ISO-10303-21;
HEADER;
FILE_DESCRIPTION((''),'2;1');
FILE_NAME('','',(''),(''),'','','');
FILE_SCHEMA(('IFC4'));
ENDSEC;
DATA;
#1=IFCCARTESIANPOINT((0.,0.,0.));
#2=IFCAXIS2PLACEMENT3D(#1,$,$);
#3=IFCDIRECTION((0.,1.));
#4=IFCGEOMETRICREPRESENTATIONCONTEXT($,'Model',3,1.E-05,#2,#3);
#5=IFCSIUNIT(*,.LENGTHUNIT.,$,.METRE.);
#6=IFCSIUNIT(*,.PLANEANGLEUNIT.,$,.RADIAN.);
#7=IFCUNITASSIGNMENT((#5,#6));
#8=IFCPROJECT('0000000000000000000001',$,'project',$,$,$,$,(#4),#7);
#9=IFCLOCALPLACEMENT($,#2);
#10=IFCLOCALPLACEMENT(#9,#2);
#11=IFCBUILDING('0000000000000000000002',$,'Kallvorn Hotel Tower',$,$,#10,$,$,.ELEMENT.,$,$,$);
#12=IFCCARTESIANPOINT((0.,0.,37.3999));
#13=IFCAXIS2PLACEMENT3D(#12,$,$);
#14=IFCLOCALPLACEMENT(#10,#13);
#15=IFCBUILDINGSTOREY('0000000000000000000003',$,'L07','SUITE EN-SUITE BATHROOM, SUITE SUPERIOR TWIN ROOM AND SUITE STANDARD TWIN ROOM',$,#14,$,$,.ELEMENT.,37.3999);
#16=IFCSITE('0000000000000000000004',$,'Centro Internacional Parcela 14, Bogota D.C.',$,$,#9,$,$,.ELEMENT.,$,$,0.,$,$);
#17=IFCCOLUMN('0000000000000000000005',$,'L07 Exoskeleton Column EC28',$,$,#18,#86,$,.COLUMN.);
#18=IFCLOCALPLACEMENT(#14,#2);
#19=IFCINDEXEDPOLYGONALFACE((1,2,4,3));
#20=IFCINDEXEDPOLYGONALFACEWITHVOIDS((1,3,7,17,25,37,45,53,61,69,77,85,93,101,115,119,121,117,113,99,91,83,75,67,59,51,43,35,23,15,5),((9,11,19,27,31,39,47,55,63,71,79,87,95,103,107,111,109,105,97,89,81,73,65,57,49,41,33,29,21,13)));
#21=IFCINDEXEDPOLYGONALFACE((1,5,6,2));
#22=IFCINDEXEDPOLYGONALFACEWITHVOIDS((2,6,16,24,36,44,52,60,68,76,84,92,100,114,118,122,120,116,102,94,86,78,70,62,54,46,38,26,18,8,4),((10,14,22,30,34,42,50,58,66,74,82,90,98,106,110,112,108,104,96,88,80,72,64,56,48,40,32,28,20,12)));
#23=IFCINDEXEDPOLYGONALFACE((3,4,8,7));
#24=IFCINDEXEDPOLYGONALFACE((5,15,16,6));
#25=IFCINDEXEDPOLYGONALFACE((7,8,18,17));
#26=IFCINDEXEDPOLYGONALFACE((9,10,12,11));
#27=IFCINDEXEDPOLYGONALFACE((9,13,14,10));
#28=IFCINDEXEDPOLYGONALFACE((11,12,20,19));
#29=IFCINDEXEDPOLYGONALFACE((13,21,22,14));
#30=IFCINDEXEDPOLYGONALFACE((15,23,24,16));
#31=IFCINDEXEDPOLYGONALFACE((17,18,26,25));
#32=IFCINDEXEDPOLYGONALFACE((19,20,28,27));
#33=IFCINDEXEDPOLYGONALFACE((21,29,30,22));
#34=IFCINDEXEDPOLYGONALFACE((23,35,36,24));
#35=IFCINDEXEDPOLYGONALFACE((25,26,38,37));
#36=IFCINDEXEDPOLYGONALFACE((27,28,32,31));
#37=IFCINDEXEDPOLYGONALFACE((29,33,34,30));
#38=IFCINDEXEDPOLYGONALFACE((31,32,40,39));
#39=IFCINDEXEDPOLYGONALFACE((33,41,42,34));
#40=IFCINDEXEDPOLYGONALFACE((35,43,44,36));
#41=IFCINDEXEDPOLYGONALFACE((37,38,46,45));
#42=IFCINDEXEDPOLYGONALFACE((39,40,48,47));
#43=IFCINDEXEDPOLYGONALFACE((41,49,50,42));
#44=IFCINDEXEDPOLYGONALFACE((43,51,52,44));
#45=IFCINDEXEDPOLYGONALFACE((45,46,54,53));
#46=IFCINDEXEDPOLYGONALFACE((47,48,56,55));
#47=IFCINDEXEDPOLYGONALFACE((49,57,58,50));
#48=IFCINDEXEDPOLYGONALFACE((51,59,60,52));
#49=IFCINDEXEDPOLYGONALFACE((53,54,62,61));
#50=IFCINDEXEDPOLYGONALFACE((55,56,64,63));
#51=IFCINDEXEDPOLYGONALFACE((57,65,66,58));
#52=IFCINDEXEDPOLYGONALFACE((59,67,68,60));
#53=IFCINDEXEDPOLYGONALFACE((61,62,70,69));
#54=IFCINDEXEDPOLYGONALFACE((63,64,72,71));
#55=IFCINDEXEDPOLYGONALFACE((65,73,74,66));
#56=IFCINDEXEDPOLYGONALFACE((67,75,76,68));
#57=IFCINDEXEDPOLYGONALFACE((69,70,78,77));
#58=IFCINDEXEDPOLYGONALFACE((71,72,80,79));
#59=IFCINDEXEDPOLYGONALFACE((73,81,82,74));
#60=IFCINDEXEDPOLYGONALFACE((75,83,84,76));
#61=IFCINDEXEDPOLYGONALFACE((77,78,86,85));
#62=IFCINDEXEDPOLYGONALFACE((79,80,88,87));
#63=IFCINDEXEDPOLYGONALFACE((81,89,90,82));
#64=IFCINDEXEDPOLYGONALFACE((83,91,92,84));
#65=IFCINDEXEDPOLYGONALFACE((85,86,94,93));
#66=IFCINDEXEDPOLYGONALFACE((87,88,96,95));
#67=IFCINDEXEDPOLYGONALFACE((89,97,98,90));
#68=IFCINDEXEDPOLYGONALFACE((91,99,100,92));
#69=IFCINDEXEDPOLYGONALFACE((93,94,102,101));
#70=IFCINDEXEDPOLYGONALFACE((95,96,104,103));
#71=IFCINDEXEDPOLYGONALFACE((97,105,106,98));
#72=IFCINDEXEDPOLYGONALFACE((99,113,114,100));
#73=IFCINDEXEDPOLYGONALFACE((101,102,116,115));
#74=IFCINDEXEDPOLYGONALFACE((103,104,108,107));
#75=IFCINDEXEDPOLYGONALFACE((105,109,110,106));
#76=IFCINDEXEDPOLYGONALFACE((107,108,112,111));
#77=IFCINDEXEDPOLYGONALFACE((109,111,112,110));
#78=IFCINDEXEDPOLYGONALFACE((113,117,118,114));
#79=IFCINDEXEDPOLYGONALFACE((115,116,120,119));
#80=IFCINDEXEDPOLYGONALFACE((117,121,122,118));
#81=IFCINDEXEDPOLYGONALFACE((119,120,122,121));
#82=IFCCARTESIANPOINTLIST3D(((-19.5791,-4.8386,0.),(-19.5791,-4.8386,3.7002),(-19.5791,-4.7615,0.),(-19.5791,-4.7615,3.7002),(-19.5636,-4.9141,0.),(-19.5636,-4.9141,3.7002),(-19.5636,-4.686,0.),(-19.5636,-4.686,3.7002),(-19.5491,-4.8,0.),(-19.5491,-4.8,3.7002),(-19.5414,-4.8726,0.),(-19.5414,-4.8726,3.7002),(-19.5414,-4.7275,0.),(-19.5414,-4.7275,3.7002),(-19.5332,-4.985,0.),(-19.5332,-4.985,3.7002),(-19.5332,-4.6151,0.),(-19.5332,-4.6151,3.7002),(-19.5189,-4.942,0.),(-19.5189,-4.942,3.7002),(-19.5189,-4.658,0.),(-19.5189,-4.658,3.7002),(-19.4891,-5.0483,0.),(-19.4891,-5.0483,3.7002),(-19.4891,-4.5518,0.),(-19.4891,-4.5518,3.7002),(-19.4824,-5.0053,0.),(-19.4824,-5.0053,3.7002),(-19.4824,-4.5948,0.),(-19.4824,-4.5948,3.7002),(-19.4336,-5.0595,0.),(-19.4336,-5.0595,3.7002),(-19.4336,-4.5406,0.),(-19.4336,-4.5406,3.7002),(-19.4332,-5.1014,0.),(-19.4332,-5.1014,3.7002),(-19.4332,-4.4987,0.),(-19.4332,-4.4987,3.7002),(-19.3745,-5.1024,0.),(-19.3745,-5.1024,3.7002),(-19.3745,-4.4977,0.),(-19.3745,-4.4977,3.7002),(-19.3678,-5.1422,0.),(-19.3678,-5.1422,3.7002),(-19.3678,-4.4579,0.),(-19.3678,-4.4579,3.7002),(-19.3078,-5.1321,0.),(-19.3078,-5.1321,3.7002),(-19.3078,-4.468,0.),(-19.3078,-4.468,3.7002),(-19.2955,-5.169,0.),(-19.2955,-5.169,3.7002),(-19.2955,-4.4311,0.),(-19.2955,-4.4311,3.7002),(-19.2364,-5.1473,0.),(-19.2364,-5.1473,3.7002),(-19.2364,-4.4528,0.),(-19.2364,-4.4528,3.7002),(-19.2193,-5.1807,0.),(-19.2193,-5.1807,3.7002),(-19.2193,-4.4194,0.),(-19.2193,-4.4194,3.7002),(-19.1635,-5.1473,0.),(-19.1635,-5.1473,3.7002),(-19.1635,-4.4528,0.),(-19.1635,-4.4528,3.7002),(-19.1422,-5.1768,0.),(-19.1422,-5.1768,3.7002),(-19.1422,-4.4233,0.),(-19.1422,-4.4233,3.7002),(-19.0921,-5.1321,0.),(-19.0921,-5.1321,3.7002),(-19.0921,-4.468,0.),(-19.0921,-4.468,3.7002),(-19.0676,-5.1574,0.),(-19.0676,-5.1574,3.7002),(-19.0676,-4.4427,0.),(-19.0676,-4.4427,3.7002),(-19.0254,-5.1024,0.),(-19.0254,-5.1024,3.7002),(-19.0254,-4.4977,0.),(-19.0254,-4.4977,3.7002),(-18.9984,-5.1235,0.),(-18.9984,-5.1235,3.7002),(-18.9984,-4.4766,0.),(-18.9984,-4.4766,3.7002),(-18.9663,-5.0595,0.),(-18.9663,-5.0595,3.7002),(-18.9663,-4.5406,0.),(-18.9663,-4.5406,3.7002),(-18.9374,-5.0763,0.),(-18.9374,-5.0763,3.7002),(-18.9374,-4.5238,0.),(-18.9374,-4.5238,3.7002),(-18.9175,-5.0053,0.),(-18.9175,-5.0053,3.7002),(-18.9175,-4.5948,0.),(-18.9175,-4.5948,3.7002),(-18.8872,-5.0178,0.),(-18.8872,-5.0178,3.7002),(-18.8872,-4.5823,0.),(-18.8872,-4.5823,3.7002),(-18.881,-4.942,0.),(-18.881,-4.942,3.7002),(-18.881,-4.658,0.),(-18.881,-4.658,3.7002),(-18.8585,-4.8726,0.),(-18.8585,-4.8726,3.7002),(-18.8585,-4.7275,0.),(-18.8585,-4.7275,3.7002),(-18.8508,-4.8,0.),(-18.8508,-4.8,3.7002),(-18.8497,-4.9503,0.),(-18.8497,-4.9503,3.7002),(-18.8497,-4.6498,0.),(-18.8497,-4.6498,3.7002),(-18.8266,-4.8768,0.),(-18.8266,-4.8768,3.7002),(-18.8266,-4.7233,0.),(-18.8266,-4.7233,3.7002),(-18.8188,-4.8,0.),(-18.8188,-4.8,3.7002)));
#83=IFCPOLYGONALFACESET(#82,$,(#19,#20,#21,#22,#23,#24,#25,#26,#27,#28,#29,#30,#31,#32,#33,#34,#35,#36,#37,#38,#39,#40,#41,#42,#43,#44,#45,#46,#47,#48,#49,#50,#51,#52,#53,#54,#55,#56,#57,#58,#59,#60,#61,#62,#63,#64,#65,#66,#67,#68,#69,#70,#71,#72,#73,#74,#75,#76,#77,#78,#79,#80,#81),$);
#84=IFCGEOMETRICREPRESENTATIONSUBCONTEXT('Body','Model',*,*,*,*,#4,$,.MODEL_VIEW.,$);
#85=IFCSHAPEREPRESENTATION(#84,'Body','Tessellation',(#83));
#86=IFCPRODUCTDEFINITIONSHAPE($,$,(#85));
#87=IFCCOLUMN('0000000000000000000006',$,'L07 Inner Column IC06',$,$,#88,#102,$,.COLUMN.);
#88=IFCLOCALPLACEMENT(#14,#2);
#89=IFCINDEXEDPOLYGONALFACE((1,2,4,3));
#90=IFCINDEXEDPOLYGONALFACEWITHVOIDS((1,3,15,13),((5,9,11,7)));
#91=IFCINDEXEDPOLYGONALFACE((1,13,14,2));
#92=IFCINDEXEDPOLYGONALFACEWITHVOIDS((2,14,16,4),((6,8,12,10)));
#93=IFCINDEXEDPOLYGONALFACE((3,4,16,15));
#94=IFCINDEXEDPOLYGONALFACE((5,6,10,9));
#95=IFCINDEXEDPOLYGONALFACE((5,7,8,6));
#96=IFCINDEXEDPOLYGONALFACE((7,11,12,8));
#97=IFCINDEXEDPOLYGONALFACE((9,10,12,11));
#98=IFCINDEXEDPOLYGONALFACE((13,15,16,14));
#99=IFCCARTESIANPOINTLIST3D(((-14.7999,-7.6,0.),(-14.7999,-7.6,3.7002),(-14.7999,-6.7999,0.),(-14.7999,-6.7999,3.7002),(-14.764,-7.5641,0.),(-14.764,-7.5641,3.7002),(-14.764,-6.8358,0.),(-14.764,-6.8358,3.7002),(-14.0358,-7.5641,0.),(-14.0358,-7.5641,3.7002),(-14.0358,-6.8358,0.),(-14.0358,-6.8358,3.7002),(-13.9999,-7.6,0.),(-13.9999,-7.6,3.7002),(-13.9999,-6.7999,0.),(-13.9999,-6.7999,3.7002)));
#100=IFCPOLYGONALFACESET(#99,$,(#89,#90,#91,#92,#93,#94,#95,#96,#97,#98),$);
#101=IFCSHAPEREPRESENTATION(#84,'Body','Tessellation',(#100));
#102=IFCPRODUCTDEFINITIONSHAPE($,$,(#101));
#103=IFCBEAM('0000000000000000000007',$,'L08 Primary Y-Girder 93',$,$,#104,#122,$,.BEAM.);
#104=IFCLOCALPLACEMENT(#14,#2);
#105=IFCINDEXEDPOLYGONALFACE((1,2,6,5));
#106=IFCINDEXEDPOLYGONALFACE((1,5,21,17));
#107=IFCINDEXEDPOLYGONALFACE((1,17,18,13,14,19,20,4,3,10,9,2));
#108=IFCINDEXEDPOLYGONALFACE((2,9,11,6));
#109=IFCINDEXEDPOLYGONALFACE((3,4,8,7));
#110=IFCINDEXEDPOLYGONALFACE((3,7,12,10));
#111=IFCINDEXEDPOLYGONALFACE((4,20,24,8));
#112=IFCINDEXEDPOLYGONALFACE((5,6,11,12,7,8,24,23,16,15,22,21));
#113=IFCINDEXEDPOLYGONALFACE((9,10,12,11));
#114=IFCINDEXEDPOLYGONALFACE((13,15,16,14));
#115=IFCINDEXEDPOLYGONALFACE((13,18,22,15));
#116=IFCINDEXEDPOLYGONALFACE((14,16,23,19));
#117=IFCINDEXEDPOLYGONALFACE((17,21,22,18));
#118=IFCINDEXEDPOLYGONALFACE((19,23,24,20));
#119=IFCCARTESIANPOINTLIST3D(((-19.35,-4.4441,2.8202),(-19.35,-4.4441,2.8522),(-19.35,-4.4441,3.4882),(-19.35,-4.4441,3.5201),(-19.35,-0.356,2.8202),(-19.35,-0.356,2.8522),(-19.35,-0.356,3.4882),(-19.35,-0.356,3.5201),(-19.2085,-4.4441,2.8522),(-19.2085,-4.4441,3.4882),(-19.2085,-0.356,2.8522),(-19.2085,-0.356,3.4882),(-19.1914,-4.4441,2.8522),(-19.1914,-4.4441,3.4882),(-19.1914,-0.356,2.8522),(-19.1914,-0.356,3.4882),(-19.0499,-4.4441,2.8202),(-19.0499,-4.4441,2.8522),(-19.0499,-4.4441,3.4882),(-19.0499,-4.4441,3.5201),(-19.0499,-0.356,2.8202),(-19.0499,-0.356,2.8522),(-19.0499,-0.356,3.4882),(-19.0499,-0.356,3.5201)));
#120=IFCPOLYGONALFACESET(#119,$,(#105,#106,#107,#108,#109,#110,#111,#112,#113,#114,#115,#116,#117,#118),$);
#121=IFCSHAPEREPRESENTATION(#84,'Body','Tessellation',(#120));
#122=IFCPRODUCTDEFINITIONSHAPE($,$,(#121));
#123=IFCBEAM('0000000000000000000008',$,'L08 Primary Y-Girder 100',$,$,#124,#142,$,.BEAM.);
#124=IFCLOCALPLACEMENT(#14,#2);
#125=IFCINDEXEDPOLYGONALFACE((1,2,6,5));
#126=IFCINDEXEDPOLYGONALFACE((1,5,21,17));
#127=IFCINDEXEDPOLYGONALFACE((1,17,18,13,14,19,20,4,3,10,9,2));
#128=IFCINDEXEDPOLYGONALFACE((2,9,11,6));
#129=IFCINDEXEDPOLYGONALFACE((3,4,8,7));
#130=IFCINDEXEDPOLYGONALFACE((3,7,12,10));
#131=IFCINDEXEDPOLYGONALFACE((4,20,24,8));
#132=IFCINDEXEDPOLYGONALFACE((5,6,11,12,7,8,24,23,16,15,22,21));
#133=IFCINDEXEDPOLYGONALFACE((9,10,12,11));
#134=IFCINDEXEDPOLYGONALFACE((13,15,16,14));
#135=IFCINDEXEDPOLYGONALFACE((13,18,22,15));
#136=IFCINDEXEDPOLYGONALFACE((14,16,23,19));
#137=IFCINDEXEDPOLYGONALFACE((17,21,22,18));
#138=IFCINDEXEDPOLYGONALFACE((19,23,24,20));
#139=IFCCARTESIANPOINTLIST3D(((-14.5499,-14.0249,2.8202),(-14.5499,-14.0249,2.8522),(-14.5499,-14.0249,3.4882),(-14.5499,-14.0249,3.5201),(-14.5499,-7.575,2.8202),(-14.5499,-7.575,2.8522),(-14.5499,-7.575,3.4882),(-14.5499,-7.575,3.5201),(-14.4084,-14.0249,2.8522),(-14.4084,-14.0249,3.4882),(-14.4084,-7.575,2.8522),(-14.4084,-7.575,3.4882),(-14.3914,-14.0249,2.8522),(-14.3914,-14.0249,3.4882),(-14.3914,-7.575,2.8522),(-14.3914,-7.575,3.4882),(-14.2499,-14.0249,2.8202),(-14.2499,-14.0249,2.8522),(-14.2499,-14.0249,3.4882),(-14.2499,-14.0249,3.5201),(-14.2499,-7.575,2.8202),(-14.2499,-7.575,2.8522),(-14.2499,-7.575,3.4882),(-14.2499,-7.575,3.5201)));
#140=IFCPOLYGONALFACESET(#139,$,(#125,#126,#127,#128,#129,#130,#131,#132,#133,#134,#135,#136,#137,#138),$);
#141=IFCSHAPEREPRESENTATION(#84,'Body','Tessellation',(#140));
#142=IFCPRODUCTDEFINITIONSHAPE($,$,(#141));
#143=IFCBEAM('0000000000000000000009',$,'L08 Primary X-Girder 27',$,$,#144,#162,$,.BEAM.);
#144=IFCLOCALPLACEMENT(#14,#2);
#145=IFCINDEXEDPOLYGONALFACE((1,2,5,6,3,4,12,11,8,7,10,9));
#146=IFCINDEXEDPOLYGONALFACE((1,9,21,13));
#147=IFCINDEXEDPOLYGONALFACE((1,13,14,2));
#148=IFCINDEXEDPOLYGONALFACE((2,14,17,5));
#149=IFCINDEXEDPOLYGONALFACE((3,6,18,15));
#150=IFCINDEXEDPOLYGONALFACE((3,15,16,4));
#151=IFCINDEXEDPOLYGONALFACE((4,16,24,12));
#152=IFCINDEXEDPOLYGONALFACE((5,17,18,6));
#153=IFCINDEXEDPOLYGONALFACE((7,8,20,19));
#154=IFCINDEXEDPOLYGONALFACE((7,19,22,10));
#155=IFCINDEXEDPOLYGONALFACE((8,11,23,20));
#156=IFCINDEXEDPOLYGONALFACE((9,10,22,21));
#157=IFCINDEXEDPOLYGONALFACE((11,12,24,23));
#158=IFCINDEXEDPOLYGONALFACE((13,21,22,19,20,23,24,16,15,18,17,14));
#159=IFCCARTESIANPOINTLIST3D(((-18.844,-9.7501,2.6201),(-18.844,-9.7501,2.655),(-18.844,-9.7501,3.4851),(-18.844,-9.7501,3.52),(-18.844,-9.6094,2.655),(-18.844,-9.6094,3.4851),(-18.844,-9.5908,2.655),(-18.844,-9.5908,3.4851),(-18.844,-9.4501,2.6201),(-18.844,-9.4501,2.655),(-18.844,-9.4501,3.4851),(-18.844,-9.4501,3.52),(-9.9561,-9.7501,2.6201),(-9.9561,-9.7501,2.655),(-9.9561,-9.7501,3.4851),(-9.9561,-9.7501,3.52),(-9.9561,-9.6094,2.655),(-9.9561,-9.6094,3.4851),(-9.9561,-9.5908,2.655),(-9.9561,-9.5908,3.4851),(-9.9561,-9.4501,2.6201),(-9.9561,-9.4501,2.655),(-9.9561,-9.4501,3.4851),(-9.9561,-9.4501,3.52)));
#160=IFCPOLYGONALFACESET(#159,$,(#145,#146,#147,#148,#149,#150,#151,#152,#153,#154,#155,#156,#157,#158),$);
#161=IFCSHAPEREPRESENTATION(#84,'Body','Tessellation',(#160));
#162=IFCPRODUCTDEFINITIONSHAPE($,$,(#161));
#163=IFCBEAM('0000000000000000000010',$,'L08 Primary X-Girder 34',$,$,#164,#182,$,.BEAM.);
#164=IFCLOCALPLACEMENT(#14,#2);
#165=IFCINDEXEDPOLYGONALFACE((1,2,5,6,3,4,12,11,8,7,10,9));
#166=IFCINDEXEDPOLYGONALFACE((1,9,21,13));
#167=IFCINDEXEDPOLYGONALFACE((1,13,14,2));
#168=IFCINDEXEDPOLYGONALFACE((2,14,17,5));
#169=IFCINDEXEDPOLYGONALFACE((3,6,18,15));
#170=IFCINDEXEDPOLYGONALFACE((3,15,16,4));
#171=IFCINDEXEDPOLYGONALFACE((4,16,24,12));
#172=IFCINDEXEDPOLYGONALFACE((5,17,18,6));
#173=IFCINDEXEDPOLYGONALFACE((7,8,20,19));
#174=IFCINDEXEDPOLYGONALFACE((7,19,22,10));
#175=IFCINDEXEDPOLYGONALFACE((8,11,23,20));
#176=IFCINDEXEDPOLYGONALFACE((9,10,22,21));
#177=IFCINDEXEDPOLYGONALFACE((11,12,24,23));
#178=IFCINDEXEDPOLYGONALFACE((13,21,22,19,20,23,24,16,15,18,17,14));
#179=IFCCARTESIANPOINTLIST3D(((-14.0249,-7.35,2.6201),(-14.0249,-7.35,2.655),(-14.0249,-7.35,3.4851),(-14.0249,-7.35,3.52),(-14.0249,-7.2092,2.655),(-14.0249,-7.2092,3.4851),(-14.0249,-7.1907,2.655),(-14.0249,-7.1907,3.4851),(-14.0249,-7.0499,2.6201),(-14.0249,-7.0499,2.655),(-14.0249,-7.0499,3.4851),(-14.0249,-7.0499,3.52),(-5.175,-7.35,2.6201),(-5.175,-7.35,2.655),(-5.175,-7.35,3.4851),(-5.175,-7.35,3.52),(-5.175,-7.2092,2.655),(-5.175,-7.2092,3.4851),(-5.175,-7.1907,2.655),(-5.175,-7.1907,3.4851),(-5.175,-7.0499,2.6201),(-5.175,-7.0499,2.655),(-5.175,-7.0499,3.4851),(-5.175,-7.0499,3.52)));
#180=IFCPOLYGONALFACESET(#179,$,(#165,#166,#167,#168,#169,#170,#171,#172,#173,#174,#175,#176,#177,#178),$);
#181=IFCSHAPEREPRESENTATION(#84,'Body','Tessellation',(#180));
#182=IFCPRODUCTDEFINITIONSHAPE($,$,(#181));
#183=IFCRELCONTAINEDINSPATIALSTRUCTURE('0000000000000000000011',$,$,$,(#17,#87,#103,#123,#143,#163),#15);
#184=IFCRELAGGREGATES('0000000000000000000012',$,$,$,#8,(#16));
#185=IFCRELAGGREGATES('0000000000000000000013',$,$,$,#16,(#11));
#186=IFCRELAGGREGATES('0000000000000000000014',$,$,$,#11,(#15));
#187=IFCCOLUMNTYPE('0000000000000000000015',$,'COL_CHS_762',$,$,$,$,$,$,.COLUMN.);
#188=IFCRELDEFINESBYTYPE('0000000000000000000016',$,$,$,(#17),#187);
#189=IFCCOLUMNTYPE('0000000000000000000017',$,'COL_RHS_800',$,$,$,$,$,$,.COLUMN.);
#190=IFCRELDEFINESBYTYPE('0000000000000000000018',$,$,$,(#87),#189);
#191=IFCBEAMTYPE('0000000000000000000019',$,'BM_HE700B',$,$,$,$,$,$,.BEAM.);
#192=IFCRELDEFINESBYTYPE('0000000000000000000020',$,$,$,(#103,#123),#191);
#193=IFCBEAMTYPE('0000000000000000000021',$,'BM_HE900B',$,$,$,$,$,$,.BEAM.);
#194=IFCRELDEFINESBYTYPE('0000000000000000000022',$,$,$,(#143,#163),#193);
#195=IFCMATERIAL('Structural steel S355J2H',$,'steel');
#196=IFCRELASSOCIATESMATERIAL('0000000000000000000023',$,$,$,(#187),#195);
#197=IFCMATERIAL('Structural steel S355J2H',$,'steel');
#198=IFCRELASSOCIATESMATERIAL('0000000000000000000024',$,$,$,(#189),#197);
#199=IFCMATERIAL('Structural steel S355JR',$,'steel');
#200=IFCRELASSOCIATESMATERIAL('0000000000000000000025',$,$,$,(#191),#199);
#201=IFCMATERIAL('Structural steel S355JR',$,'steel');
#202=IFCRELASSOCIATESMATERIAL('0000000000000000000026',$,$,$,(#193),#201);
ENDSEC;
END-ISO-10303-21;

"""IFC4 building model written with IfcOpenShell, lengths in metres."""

from ifc_helpers import new_model, si_unit, direction, frame, origin, origin_2d, place, context, subcontext, project, spatial, hollow_rectangle, hollow_circle, i_section, extrude, material, material_profile, profile_set, type_object, element, save


model = new_model("IFC4")

# Units and contexts
model_context = context("Model", 3, precision=1e-05, world=origin(), true_north=direction((0.0, 1.0)))
body_context = subcontext(model_context, "Body", "Model", "MODEL_VIEW")
ifc_project = project(units=[si_unit("LENGTHUNIT", "METRE"), si_unit("PLANEANGLEUNIT", "RADIAN")], contexts=[model_context])

# Site, building, storey
site_placement = place(None, origin())
site = spatial("IfcSite", under=ifc_project, at=site_placement, Name="Centro Internacional Parcela 14, Bogota D.C.", CompositionType="ELEMENT", RefElevation=0.0)
building_placement = place(site_placement, origin())
building = spatial("IfcBuilding", under=site, at=building_placement, Name="Kallvorn Hotel Tower", CompositionType="ELEMENT")
storey_placement = place(building_placement, frame((0.0, 0.0, 37.3999)))
storey = spatial("IfcBuildingStorey", under=building, at=storey_placement, Name="L07", Description="SUITE EN-SUITE BATHROOM, SUITE SUPERIOR TWIN ROOM AND SUITE STANDARD TWIN ROOM", CompositionType="ELEMENT", Elevation=37.3999)

# Columns
ifc_material_1 = material(Name="Structural steel S355J2H", Category="steel")
ifc_material_profile_1 = material_profile(ifc_material_1, hollow_circle(Radius=0.3811, WallThickness=0.032, at=origin_2d()), Name="CHS 762x32")
ifc_profile_set_1 = profile_set([ifc_material_profile_1], Name="Structural steel S355J2H")
column_type_1 = type_object("IfcColumnType", Name="COL_CHS_762", PredefinedType="COLUMN", material=ifc_profile_set_1)
column_1_placement = place(storey_placement, frame((-19.2, -4.8, 0.0), z_axis=(0.0, 0.0, 1.0), x_axis=(1.0, 0.0, 0.0)))
element("IfcColumn", 1, at=column_1_placement, inside=storey, type_object=column_type_1, Name="L07 Exoskeleton Column EC28", PredefinedType="COLUMN", context=body_context, shape_type="SweptSolid", body=[
    extrude(hollow_circle(Radius=0.3811, WallThickness=0.032, at=origin_2d()), origin(), (0.0, 0.0, 1.0), 3.7002),
])
ifc_material_2 = material(Name="Structural steel S355J2H", Category="steel")
ifc_material_profile_2 = material_profile(ifc_material_2, hollow_rectangle(XDim=0.8, YDim=0.8, WallThickness=0.0359, at=origin_2d()), Name="RHS 800x800x36")
ifc_profile_set_2 = profile_set([ifc_material_profile_2], Name="Structural steel S355J2H")
column_type_2 = type_object("IfcColumnType", Name="COL_RHS_800", PredefinedType="COLUMN", material=ifc_profile_set_2)
column_2_placement = place(storey_placement, frame((-14.3999, -7.2, 0.0), z_axis=(0.0, 0.0, 1.0), x_axis=(1.0, 0.0, 0.0)))
element("IfcColumn", 2, at=column_2_placement, inside=storey, type_object=column_type_2, Name="L07 Inner Column IC06", PredefinedType="COLUMN", context=body_context, shape_type="SweptSolid", body=[
    extrude(hollow_rectangle(XDim=0.8, YDim=0.8, WallThickness=0.0359, at=origin_2d()), origin(), (0.0, 0.0, 1.0), 3.7002),
])

# Beams
ifc_material_3 = material(Name="Structural steel S355JR", Category="steel")
ifc_material_profile_3 = material_profile(ifc_material_3, i_section(OverallWidth=0.3, OverallDepth=0.7, WebThickness=0.0171, FlangeThickness=0.032, at=origin_2d()), Name="HE 700 B")
ifc_profile_set_3 = profile_set([ifc_material_profile_3], Name="Structural steel S355JR")
beam_type_1 = type_object("IfcBeamType", Name="BM_HE700B", PredefinedType="BEAM", material=ifc_profile_set_3)
beam_1_placement = place(storey_placement, frame((-19.2, -4.4441, 3.1702), z_axis=(0.0, 1.0, 0.0), x_axis=(-1.0, 0.0, 0.0)))
element("IfcBeam", 3, at=beam_1_placement, inside=storey, type_object=beam_type_1, Name="L08 Primary Y-Girder 93", PredefinedType="BEAM", context=body_context, shape_type="SweptSolid", body=[
    extrude(i_section(OverallWidth=0.3, OverallDepth=0.7, WebThickness=0.0171, FlangeThickness=0.032, at=origin_2d()), origin(), (0.0, 0.0, 1.0), 4.0881),
])
beam_2_placement = place(storey_placement, frame((-14.3999, -14.0249, 3.1702), z_axis=(0.0, 1.0, 0.0), x_axis=(-1.0, 0.0, 0.0)))
element("IfcBeam", 4, at=beam_2_placement, inside=storey, type_object=beam_type_1, Name="L08 Primary Y-Girder 100", PredefinedType="BEAM", context=body_context, shape_type="SweptSolid", body=[
    extrude(i_section(OverallWidth=0.3, OverallDepth=0.7, WebThickness=0.0171, FlangeThickness=0.032, at=origin_2d()), origin(), (0.0, 0.0, 1.0), 6.45),
])
ifc_material_4 = material(Name="Structural steel S355JR", Category="steel")
ifc_material_profile_4 = material_profile(ifc_material_4, i_section(OverallWidth=0.3, OverallDepth=0.8999, WebThickness=0.0186, FlangeThickness=0.0349, at=origin_2d()), Name="HE 900 B")
ifc_profile_set_4 = profile_set([ifc_material_profile_4], Name="Structural steel S355JR")
beam_type_2 = type_object("IfcBeamType", Name="BM_HE900B", PredefinedType="BEAM", material=ifc_profile_set_4)
beam_3_placement = place(storey_placement, frame((-18.844, -9.6001, 3.0701), z_axis=(1.0, 0.0, 0.0), x_axis=(0.0, 1.0, 0.0)))
element("IfcBeam", 5, at=beam_3_placement, inside=storey, type_object=beam_type_2, Name="L08 Primary X-Girder 27", PredefinedType="BEAM", context=body_context, shape_type="SweptSolid", body=[
    extrude(i_section(OverallWidth=0.3, OverallDepth=0.8999, WebThickness=0.0186, FlangeThickness=0.0349, at=origin_2d()), origin(), (0.0, 0.0, 1.0), 8.8879),
])
beam_4_placement = place(storey_placement, frame((-14.0249, -7.2, 3.0701), z_axis=(1.0, 0.0, 0.0), x_axis=(0.0, 1.0, 0.0)))
element("IfcBeam", 6, at=beam_4_placement, inside=storey, type_object=beam_type_2, Name="L08 Primary X-Girder 34", PredefinedType="BEAM", context=body_context, shape_type="SweptSolid", body=[
    extrude(i_section(OverallWidth=0.3, OverallDepth=0.8999, WebThickness=0.0186, FlangeThickness=0.0349, at=origin_2d()), origin(), (0.0, 0.0, 1.0), 8.8499),
])

save(model, "model.ifc")
